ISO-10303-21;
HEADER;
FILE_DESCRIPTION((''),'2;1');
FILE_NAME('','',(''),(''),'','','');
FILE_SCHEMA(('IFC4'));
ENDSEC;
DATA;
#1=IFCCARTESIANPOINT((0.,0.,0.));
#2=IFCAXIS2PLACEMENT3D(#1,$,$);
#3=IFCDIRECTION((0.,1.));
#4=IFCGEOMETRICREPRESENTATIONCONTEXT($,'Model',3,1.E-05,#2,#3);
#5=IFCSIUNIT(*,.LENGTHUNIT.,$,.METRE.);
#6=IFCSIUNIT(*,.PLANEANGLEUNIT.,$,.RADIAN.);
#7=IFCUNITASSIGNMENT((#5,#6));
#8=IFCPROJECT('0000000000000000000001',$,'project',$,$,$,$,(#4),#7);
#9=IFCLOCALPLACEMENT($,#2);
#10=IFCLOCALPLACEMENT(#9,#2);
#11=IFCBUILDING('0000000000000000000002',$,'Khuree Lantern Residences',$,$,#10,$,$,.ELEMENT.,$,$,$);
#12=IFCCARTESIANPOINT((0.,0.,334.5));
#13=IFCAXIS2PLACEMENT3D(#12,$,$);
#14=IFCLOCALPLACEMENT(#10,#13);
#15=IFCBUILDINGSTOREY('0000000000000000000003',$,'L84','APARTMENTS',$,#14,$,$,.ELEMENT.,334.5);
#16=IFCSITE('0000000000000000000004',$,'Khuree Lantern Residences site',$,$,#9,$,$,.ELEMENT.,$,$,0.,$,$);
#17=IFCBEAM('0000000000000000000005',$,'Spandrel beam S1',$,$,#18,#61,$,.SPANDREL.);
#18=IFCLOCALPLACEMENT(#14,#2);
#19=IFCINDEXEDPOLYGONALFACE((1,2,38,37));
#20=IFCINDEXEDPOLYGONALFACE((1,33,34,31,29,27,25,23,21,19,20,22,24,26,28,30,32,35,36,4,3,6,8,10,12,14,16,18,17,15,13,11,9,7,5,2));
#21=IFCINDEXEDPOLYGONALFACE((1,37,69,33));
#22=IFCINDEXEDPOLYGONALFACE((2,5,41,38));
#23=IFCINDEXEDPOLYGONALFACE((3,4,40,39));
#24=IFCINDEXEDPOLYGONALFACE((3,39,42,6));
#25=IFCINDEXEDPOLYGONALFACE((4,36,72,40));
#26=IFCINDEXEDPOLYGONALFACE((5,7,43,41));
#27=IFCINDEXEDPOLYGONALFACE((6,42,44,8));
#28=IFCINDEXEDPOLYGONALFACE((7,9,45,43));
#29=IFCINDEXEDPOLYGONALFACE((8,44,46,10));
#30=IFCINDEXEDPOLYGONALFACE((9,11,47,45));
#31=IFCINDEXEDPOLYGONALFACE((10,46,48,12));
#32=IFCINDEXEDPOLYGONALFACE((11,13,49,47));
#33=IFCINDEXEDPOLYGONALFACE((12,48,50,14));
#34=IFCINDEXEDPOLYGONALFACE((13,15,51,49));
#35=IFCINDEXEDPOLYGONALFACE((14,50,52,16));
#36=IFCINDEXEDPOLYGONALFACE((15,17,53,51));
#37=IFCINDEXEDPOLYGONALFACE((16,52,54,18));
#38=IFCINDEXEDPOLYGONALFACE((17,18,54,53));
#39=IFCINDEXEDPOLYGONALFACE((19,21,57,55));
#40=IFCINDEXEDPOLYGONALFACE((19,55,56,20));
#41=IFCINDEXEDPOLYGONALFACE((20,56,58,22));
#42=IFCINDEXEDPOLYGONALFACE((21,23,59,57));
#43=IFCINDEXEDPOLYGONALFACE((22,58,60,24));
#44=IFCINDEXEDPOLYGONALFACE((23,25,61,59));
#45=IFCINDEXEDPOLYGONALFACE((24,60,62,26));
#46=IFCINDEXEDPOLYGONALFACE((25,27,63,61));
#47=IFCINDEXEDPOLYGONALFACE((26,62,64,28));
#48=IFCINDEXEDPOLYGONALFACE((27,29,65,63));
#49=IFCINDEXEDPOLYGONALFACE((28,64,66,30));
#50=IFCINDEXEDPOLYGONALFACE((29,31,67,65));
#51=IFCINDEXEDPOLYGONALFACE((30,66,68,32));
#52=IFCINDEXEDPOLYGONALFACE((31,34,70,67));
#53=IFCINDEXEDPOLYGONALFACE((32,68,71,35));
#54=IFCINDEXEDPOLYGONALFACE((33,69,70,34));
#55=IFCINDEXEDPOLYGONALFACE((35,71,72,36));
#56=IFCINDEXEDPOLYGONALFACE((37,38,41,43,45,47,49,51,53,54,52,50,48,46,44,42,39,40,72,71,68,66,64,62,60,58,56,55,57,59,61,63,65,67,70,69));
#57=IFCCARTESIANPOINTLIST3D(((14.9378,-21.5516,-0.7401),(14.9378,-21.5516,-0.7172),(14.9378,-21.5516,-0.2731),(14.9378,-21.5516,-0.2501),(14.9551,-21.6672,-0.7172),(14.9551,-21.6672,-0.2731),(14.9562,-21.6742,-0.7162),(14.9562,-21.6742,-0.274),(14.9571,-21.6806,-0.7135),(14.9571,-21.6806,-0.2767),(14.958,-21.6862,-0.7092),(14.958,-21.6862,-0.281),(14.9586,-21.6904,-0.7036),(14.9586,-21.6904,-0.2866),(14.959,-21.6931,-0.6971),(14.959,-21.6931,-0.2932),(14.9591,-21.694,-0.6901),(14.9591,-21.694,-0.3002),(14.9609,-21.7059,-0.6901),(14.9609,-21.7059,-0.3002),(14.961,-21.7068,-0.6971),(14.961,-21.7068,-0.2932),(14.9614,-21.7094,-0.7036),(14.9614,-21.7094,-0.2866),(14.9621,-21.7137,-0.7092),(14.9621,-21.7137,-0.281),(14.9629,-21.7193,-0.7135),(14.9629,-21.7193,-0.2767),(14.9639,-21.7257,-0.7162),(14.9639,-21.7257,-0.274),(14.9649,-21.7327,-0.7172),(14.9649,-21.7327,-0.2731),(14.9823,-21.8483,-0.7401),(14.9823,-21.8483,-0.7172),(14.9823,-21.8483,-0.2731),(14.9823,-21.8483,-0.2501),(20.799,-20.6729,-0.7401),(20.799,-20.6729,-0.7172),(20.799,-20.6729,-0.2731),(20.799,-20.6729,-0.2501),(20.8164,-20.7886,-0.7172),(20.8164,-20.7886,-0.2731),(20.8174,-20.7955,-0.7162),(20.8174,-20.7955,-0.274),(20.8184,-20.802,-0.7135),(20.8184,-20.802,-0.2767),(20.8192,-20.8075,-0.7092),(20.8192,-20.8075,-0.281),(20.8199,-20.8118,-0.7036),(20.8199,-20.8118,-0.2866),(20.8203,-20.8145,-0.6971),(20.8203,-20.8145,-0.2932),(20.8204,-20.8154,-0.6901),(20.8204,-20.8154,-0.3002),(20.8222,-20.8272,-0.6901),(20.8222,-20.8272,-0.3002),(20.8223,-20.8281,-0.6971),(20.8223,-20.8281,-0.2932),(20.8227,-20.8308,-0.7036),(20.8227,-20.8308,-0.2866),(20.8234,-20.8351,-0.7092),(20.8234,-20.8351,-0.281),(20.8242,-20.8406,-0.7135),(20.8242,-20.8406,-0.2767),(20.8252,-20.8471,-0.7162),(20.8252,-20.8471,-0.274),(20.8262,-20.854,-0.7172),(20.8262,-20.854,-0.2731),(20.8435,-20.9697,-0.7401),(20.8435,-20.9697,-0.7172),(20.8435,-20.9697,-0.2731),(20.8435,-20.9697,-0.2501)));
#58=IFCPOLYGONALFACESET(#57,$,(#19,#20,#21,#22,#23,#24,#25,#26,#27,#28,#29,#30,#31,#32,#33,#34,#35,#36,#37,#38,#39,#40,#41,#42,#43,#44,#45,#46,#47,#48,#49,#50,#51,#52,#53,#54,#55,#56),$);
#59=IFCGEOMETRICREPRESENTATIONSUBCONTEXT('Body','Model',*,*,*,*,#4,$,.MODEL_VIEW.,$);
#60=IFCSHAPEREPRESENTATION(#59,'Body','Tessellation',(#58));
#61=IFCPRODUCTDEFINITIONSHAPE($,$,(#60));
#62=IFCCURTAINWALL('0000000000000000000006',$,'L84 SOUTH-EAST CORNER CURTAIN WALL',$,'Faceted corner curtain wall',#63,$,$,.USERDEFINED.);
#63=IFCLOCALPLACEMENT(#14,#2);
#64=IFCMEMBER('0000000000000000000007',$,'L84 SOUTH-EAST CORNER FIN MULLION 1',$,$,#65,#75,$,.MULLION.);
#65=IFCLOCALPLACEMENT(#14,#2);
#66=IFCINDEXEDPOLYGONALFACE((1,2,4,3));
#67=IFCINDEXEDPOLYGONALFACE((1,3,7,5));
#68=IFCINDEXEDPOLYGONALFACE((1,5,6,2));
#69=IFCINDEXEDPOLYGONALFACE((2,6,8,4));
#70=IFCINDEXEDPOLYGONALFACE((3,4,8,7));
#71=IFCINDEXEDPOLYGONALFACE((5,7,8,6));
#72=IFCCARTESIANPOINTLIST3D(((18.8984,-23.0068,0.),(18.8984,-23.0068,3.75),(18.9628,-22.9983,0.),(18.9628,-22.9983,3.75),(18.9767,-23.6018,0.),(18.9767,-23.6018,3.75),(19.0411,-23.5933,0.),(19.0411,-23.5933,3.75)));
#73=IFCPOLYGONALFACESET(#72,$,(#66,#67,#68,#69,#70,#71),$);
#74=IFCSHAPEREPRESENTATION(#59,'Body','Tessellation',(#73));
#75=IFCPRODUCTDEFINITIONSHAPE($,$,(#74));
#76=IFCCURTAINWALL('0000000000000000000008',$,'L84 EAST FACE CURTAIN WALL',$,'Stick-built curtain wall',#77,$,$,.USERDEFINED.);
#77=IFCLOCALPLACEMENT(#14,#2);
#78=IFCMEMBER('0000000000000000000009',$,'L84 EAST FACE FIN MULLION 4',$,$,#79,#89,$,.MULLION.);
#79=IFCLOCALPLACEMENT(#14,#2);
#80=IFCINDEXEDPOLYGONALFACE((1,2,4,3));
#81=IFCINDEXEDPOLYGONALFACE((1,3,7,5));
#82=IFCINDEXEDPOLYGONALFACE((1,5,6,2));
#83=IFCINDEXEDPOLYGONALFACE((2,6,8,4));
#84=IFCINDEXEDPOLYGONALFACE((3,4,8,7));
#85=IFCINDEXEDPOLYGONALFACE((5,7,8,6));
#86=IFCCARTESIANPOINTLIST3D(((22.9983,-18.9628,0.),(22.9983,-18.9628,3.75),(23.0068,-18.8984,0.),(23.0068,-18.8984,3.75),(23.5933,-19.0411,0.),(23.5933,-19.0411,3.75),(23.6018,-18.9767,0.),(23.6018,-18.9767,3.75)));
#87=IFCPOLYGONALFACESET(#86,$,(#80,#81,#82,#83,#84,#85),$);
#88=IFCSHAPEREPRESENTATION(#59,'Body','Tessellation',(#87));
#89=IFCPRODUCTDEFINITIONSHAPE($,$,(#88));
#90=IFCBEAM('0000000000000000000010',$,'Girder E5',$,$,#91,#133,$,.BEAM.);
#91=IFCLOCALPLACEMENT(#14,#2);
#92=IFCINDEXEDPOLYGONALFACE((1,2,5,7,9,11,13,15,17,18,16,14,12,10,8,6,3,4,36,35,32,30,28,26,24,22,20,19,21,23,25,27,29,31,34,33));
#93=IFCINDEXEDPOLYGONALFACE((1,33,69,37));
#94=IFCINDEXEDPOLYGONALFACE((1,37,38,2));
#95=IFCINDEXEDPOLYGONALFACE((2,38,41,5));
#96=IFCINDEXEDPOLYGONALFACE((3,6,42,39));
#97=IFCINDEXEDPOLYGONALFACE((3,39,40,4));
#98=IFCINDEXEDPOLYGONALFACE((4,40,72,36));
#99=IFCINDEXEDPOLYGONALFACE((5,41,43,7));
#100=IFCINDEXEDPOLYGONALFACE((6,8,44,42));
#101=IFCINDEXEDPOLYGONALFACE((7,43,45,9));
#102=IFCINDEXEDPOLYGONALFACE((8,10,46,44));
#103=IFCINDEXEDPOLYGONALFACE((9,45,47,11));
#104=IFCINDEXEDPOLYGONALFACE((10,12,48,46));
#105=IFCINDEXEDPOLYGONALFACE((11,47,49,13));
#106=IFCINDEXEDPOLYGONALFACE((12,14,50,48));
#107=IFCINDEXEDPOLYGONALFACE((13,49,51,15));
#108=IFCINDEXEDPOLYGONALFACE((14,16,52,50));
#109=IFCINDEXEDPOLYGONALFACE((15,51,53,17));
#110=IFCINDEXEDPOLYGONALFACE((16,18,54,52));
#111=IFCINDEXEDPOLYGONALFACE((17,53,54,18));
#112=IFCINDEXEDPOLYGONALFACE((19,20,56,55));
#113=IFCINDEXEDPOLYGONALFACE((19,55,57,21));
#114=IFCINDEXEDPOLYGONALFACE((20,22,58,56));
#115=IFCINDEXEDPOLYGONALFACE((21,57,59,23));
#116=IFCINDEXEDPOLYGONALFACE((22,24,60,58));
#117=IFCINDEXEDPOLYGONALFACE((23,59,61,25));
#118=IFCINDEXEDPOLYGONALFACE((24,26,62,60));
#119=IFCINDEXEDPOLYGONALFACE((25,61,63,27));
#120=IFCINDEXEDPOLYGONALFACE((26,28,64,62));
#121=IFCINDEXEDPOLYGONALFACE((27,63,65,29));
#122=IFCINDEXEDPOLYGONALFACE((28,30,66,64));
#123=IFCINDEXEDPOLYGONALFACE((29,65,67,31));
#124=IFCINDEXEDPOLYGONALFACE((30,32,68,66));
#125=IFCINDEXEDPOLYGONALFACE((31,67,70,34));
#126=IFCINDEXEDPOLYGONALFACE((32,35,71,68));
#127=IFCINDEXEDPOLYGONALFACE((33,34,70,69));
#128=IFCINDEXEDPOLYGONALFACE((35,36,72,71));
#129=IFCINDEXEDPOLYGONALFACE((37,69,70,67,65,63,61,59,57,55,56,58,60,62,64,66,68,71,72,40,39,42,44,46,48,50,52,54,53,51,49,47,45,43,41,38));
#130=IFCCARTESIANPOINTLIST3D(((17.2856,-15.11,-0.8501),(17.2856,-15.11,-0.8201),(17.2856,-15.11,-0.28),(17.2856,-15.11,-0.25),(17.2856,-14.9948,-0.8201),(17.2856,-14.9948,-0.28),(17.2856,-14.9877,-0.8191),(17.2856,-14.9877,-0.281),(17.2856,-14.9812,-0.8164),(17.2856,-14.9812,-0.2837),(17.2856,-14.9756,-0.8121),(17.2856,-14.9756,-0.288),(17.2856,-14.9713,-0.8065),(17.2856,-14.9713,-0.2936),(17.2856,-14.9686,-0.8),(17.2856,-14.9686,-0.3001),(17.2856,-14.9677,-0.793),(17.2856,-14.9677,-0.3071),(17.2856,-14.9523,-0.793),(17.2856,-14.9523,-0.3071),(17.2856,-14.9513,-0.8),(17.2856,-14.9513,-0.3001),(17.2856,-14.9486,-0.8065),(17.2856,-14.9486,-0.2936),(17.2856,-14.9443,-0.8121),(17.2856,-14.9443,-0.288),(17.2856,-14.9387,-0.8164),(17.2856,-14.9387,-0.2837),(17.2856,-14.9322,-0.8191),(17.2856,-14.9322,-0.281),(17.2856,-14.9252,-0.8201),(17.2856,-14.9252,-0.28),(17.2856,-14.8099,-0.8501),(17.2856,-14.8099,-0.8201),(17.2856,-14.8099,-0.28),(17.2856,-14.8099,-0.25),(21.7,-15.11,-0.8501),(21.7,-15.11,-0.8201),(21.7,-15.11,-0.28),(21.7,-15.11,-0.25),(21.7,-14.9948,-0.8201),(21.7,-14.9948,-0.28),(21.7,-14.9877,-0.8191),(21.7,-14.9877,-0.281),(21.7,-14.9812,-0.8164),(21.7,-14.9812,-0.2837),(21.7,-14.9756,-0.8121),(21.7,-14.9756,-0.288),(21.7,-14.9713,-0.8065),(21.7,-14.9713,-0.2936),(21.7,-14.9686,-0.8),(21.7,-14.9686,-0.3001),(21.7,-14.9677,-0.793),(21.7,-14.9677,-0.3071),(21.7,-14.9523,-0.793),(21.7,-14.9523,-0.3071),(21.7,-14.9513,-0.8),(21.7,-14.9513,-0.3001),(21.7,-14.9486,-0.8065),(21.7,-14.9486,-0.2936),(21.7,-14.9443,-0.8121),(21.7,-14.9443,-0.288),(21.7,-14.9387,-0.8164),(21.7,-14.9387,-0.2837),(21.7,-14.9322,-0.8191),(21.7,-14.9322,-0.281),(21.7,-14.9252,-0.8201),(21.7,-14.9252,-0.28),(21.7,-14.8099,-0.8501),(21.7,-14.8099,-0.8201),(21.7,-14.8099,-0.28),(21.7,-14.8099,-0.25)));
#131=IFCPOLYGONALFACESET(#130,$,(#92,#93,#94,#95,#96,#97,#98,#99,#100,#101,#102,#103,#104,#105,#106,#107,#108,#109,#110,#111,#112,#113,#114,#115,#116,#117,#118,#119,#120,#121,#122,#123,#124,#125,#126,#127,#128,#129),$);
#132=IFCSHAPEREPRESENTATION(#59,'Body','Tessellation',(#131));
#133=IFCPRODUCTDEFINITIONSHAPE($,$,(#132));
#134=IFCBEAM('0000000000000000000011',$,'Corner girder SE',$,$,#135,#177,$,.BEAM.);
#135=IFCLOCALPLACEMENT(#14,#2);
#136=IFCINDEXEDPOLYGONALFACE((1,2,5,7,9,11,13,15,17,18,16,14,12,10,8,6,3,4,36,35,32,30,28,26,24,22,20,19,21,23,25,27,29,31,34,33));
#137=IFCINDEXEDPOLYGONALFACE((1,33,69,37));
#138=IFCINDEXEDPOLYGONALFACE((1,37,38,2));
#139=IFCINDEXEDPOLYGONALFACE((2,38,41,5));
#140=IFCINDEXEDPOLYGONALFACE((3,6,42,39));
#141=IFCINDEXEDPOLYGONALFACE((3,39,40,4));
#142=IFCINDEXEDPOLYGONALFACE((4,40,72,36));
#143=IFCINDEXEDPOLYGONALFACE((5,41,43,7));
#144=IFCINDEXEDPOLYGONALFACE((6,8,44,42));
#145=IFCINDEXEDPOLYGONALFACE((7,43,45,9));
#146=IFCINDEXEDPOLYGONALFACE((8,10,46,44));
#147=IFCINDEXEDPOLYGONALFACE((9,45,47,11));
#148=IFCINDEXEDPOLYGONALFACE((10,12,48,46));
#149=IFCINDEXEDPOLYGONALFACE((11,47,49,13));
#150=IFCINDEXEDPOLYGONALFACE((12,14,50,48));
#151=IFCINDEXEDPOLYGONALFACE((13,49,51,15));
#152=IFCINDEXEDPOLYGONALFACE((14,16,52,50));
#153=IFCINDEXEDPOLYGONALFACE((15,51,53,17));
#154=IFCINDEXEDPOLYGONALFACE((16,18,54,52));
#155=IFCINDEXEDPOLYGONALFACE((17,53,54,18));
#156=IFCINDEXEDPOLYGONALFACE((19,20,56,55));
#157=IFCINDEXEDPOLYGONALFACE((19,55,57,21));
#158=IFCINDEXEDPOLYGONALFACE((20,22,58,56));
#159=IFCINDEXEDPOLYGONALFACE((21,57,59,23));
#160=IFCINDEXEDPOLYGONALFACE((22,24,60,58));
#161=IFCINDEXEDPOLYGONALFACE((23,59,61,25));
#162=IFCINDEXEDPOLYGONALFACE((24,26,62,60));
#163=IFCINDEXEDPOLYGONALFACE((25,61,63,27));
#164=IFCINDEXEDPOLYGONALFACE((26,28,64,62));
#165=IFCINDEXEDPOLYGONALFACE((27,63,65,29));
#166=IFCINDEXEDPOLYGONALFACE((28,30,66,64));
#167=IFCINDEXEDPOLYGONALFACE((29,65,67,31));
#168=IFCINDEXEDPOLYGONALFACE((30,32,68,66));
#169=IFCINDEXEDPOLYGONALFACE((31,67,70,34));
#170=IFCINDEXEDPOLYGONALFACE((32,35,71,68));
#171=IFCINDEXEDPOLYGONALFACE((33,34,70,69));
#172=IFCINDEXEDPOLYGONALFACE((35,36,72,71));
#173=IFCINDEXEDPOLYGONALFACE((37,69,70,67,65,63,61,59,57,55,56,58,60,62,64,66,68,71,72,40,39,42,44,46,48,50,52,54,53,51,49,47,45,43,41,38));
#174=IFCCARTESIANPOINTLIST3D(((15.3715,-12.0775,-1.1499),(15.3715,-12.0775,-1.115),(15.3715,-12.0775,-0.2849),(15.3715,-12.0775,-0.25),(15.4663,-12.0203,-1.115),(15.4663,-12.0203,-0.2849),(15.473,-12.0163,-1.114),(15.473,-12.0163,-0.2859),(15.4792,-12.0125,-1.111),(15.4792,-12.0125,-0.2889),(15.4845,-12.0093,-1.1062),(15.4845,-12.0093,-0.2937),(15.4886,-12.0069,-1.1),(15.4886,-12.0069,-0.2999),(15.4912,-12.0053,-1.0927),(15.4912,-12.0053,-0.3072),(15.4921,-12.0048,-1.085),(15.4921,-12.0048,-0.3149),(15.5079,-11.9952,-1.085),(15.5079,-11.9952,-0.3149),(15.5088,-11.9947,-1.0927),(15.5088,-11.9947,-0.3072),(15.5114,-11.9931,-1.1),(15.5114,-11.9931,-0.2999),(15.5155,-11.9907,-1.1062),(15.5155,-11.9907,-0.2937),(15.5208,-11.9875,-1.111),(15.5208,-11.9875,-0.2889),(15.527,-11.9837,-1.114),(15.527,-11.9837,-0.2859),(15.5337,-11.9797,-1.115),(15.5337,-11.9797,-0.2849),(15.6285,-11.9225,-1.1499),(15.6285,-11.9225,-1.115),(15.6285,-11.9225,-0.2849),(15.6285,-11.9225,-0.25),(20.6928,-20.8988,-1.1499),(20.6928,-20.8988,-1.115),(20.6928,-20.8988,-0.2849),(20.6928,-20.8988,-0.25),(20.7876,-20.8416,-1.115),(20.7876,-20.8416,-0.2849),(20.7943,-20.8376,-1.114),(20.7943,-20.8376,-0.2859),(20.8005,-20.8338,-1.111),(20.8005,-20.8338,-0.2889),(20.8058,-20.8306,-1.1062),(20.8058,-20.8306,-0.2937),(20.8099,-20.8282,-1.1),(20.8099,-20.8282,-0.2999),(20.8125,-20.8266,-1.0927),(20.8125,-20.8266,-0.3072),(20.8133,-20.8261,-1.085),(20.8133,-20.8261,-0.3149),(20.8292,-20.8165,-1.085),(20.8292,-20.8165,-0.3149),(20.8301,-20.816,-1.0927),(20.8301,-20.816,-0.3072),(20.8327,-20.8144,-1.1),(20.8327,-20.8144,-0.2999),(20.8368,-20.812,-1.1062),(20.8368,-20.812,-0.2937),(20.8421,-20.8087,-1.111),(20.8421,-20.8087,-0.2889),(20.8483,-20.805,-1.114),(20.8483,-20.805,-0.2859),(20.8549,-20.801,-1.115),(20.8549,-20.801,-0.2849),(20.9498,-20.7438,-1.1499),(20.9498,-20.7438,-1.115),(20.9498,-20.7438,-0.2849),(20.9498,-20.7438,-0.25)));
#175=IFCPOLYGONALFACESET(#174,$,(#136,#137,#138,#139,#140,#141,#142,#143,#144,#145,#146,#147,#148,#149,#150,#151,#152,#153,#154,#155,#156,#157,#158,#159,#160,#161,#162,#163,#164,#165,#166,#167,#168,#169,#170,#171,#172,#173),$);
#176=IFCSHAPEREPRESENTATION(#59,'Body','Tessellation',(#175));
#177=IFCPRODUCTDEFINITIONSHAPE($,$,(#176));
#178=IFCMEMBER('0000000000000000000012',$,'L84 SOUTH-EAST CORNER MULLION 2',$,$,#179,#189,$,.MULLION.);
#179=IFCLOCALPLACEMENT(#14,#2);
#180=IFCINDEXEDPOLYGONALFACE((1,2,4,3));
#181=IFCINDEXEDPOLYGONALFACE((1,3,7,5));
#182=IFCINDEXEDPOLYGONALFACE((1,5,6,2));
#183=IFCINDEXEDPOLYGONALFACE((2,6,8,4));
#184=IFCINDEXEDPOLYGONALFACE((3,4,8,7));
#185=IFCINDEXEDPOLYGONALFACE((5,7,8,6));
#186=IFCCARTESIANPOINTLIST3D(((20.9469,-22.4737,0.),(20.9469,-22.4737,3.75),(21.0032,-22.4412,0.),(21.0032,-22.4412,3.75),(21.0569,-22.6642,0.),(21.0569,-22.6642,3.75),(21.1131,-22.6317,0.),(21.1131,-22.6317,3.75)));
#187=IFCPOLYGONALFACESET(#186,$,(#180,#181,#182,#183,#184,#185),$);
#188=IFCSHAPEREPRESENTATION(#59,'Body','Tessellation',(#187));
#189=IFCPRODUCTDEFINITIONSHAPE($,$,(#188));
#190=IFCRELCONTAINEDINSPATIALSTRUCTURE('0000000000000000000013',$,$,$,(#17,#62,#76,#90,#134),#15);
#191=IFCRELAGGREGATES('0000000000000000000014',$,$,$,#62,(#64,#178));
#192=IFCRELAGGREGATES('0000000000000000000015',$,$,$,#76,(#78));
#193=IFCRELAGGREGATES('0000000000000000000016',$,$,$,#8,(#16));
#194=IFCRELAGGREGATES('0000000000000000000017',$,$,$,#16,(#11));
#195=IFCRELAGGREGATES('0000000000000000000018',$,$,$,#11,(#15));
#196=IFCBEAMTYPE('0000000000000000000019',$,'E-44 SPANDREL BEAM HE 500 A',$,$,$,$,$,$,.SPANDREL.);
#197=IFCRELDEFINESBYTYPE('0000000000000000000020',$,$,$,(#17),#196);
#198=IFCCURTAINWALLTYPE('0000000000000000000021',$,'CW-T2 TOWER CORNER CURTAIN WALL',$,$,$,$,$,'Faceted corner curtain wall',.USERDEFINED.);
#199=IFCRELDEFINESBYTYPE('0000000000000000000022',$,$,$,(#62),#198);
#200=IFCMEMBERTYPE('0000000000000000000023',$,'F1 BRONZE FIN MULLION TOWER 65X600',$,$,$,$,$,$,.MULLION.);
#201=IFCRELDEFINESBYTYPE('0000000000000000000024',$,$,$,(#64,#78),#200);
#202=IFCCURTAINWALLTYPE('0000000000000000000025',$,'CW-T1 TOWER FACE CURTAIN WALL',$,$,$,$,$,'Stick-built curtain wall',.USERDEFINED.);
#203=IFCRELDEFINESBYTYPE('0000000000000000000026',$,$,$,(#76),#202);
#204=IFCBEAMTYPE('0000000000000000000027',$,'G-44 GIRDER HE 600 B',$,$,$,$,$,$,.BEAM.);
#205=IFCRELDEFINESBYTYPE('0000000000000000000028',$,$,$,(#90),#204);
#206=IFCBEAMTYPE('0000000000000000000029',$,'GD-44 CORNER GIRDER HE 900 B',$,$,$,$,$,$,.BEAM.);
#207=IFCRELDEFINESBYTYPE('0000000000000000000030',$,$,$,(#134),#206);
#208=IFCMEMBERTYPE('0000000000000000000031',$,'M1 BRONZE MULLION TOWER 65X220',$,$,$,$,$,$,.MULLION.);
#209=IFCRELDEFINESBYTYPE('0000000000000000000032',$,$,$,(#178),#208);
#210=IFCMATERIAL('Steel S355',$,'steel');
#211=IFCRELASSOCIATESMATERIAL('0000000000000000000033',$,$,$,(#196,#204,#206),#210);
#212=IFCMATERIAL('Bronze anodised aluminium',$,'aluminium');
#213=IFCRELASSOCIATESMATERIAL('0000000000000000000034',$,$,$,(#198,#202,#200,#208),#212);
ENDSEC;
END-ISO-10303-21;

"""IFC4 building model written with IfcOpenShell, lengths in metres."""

from ifc_helpers import new_model, si_unit, direction, frame, origin, origin_2d, place, context, subcontext, project, spatial, rectangle, i_section, extrude, material, material_profile, profile_set, type_object, element, aggregate, save


model = new_model("IFC4")

# Units and contexts
model_context = context("Model", 3, precision=1e-05, world=origin(), true_north=direction((0.0, 1.0)))
body_context = subcontext(model_context, "Body", "Model", "MODEL_VIEW")
ifc_project = project(units=[si_unit("LENGTHUNIT", "METRE"), si_unit("PLANEANGLEUNIT", "RADIAN")], contexts=[model_context])

# Site, building, storey
site_placement = place(None, origin())
site = spatial("IfcSite", under=ifc_project, at=site_placement, Name="Khuree Lantern Residences site", CompositionType="ELEMENT", RefElevation=0.0)
building_placement = place(site_placement, origin())
building = spatial("IfcBuilding", under=site, at=building_placement, Name="Khuree Lantern Residences", CompositionType="ELEMENT")
storey_placement = place(building_placement, frame((0.0, 0.0, 334.5)))
storey = spatial("IfcBuildingStorey", under=building, at=storey_placement, Name="L84", Description="APARTMENTS", CompositionType="ELEMENT", Elevation=334.5)

# Beam
ifc_material_1 = material(Name="Steel S355", Category="steel")
ifc_material_profile_1 = material_profile(ifc_material_1, i_section(OverallWidth=0.3, OverallDepth=0.49, WebThickness=0.012, FlangeThickness=0.0229, FilletRadius=0.0271, at=origin_2d()), Name="HE 500 A")
ifc_profile_set_1 = profile_set([ifc_material_profile_1], Name="Steel S355")
beam_type_1 = type_object("IfcBeamType", Name="E-44 SPANDREL BEAM HE 500 A", PredefinedType="SPANDREL", material=ifc_profile_set_1)
for number, where, z_axis, x_axis, name in (
    (1, (20.8213, -20.8213, -0.4951), (-0.98895, -0.148252, 0.0), (0.148252, -0.98895, 0.0), "Spandrel beam S1"),
):
    element("IfcBeam", number, at=place(storey_placement, frame(where, z_axis=z_axis, x_axis=x_axis)), inside=storey, type_object=beam_type_1, Name=name, PredefinedType="SPANDREL", context=body_context, shape_type="SweptSolid", body=[
        extrude(i_section(OverallWidth=0.3, OverallDepth=0.49, WebThickness=0.012, FlangeThickness=0.0229, FilletRadius=0.0271, at=origin_2d()), origin(), (0.0, 0.0, 1.0), 5.9268),
    ])

# Curtain walls, members
ifc_material_2 = material(Name="Bronze anodised aluminium", Category="aluminium")
curtain_wall_type_1 = type_object("IfcCurtainWallType", Name="CW-T2 TOWER CORNER CURTAIN WALL", ElementType="Faceted corner curtain wall", PredefinedType="USERDEFINED", material=ifc_material_2)
curtain_wall_1_placement = place(storey_placement, origin())
curtain_wall_1 = element("IfcCurtainWall", 2, at=curtain_wall_1_placement, inside=storey, type_object=curtain_wall_type_1, Name="L84 SOUTH-EAST CORNER CURTAIN WALL", ObjectType="Faceted corner curtain wall", PredefinedType="USERDEFINED")
ifc_material_profile_2 = material_profile(ifc_material_2, rectangle(XDim=0.0649, YDim=0.6001, at=origin_2d()), Name="F1 65X600")
ifc_profile_set_2 = profile_set([ifc_material_profile_2], Name="Bronze anodised aluminium")
member_type_1 = type_object("IfcMemberType", Name="F1 BRONZE FIN MULLION TOWER 65X600", PredefinedType="MULLION", material=ifc_profile_set_2)
member_1_placement = place(storey_placement, frame((18.9697, -23.3, 0.0), z_axis=(0.0, 0.0, 1.0), x_axis=(0.991445, 0.130526, 0.0)))
member_1 = element("IfcMember", 3, at=member_1_placement, type_object=member_type_1, Name="L84 SOUTH-EAST CORNER FIN MULLION 1", PredefinedType="MULLION", context=body_context, shape_type="SweptSolid", body=[
    extrude(rectangle(XDim=0.0649, YDim=0.6001, at=origin_2d()), origin(), (0.0, 0.0, 1.0), 3.75),
])
curtain_wall_type_2 = type_object("IfcCurtainWallType", Name="CW-T1 TOWER FACE CURTAIN WALL", ElementType="Stick-built curtain wall", PredefinedType="USERDEFINED", material=ifc_material_2)
curtain_wall_2_placement = place(storey_placement, origin())
curtain_wall_2 = element("IfcCurtainWall", 4, at=curtain_wall_2_placement, inside=storey, type_object=curtain_wall_type_2, Name="L84 EAST FACE CURTAIN WALL", ObjectType="Stick-built curtain wall", PredefinedType="USERDEFINED")
member_2_placement = place(storey_placement, frame((23.3, -18.9697, 0.0), z_axis=(0.0, 0.0, 1.0), x_axis=(0.130526, 0.991445, 0.0)))
member_2 = element("IfcMember", 5, at=member_2_placement, type_object=member_type_1, Name="L84 EAST FACE FIN MULLION 4", PredefinedType="MULLION", context=body_context, shape_type="SweptSolid", body=[
    extrude(rectangle(XDim=0.0649, YDim=0.6001, at=origin_2d()), origin(), (0.0, 0.0, 1.0), 3.75),
])

# Beams
ifc_material_profile_3 = material_profile(ifc_material_1, i_section(OverallWidth=0.3, OverallDepth=0.6001, WebThickness=0.0154, FlangeThickness=0.03, FilletRadius=0.0271, at=origin_2d()), Name="HE 600 B")
ifc_profile_set_3 = profile_set([ifc_material_profile_3], Name="Steel S355")
beam_type_2 = type_object("IfcBeamType", Name="G-44 GIRDER HE 600 B", PredefinedType="BEAM", material=ifc_profile_set_3)
beam_1_placement = place(storey_placement, frame((21.7, -14.96, -0.55), z_axis=(-1.0, 0.0, 0.0), x_axis=(0.0, -1.0, 0.0)))
element("IfcBeam", 6, at=beam_1_placement, inside=storey, type_object=beam_type_2, Name="Girder E5", PredefinedType="BEAM", context=body_context, shape_type="SweptSolid", body=[
    extrude(i_section(OverallWidth=0.3, OverallDepth=0.6001, WebThickness=0.0154, FlangeThickness=0.03, FilletRadius=0.0271, at=origin_2d()), origin(), (0.0, 0.0, 1.0), 4.4143),
])
ifc_material_profile_4 = material_profile(ifc_material_1, i_section(OverallWidth=0.3, OverallDepth=0.8999, WebThickness=0.0186, FlangeThickness=0.0349, FilletRadius=0.03, at=origin_2d()), Name="HE 900 B")
ifc_profile_set_4 = profile_set([ifc_material_profile_4], Name="Steel S355")
beam_type_3 = type_object("IfcBeamType", Name="GD-44 CORNER GIRDER HE 900 B", PredefinedType="BEAM", material=ifc_profile_set_4)
beam_2_placement = place(storey_placement, frame((20.8213, -20.8213, -0.7), z_axis=(-0.51653, 0.856269, 0.0), x_axis=(-0.856269, -0.51653, 0.0)))
element("IfcBeam", 7, at=beam_2_placement, inside=storey, type_object=beam_type_3, Name="Corner girder SE", PredefinedType="BEAM", context=body_context, shape_type="SweptSolid", body=[
    extrude(i_section(OverallWidth=0.3, OverallDepth=0.8999, WebThickness=0.0186, FlangeThickness=0.0349, FilletRadius=0.03, at=origin_2d()), origin(), (0.0, 0.0, 1.0), 10.302),
])

# Member
ifc_material_profile_5 = material_profile(ifc_material_2, rectangle(XDim=0.0649, YDim=0.22, at=origin_2d()), Name="M1 65X220")
ifc_profile_set_5 = profile_set([ifc_material_profile_5], Name="Bronze anodised aluminium")
member_type_2 = type_object("IfcMemberType", Name="M1 BRONZE MULLION TOWER 65X220", PredefinedType="MULLION", material=ifc_profile_set_5)
member_3_placement = place(storey_placement, frame((21.03, -22.5527, 0.0), z_axis=(0.0, 0.0, 1.0), x_axis=(0.866025, 0.5, 0.0)))
member_3 = element("IfcMember", 8, at=member_3_placement, type_object=member_type_2, Name="L84 SOUTH-EAST CORNER MULLION 2", PredefinedType="MULLION", context=body_context, shape_type="SweptSolid", body=[
    extrude(rectangle(XDim=0.0649, YDim=0.22, at=origin_2d()), origin(), (0.0, 0.0, 1.0), 3.75),
])

aggregate(curtain_wall_1, [member_1, member_3])

aggregate(curtain_wall_2, [member_2])

save(model, "model.ifc")
